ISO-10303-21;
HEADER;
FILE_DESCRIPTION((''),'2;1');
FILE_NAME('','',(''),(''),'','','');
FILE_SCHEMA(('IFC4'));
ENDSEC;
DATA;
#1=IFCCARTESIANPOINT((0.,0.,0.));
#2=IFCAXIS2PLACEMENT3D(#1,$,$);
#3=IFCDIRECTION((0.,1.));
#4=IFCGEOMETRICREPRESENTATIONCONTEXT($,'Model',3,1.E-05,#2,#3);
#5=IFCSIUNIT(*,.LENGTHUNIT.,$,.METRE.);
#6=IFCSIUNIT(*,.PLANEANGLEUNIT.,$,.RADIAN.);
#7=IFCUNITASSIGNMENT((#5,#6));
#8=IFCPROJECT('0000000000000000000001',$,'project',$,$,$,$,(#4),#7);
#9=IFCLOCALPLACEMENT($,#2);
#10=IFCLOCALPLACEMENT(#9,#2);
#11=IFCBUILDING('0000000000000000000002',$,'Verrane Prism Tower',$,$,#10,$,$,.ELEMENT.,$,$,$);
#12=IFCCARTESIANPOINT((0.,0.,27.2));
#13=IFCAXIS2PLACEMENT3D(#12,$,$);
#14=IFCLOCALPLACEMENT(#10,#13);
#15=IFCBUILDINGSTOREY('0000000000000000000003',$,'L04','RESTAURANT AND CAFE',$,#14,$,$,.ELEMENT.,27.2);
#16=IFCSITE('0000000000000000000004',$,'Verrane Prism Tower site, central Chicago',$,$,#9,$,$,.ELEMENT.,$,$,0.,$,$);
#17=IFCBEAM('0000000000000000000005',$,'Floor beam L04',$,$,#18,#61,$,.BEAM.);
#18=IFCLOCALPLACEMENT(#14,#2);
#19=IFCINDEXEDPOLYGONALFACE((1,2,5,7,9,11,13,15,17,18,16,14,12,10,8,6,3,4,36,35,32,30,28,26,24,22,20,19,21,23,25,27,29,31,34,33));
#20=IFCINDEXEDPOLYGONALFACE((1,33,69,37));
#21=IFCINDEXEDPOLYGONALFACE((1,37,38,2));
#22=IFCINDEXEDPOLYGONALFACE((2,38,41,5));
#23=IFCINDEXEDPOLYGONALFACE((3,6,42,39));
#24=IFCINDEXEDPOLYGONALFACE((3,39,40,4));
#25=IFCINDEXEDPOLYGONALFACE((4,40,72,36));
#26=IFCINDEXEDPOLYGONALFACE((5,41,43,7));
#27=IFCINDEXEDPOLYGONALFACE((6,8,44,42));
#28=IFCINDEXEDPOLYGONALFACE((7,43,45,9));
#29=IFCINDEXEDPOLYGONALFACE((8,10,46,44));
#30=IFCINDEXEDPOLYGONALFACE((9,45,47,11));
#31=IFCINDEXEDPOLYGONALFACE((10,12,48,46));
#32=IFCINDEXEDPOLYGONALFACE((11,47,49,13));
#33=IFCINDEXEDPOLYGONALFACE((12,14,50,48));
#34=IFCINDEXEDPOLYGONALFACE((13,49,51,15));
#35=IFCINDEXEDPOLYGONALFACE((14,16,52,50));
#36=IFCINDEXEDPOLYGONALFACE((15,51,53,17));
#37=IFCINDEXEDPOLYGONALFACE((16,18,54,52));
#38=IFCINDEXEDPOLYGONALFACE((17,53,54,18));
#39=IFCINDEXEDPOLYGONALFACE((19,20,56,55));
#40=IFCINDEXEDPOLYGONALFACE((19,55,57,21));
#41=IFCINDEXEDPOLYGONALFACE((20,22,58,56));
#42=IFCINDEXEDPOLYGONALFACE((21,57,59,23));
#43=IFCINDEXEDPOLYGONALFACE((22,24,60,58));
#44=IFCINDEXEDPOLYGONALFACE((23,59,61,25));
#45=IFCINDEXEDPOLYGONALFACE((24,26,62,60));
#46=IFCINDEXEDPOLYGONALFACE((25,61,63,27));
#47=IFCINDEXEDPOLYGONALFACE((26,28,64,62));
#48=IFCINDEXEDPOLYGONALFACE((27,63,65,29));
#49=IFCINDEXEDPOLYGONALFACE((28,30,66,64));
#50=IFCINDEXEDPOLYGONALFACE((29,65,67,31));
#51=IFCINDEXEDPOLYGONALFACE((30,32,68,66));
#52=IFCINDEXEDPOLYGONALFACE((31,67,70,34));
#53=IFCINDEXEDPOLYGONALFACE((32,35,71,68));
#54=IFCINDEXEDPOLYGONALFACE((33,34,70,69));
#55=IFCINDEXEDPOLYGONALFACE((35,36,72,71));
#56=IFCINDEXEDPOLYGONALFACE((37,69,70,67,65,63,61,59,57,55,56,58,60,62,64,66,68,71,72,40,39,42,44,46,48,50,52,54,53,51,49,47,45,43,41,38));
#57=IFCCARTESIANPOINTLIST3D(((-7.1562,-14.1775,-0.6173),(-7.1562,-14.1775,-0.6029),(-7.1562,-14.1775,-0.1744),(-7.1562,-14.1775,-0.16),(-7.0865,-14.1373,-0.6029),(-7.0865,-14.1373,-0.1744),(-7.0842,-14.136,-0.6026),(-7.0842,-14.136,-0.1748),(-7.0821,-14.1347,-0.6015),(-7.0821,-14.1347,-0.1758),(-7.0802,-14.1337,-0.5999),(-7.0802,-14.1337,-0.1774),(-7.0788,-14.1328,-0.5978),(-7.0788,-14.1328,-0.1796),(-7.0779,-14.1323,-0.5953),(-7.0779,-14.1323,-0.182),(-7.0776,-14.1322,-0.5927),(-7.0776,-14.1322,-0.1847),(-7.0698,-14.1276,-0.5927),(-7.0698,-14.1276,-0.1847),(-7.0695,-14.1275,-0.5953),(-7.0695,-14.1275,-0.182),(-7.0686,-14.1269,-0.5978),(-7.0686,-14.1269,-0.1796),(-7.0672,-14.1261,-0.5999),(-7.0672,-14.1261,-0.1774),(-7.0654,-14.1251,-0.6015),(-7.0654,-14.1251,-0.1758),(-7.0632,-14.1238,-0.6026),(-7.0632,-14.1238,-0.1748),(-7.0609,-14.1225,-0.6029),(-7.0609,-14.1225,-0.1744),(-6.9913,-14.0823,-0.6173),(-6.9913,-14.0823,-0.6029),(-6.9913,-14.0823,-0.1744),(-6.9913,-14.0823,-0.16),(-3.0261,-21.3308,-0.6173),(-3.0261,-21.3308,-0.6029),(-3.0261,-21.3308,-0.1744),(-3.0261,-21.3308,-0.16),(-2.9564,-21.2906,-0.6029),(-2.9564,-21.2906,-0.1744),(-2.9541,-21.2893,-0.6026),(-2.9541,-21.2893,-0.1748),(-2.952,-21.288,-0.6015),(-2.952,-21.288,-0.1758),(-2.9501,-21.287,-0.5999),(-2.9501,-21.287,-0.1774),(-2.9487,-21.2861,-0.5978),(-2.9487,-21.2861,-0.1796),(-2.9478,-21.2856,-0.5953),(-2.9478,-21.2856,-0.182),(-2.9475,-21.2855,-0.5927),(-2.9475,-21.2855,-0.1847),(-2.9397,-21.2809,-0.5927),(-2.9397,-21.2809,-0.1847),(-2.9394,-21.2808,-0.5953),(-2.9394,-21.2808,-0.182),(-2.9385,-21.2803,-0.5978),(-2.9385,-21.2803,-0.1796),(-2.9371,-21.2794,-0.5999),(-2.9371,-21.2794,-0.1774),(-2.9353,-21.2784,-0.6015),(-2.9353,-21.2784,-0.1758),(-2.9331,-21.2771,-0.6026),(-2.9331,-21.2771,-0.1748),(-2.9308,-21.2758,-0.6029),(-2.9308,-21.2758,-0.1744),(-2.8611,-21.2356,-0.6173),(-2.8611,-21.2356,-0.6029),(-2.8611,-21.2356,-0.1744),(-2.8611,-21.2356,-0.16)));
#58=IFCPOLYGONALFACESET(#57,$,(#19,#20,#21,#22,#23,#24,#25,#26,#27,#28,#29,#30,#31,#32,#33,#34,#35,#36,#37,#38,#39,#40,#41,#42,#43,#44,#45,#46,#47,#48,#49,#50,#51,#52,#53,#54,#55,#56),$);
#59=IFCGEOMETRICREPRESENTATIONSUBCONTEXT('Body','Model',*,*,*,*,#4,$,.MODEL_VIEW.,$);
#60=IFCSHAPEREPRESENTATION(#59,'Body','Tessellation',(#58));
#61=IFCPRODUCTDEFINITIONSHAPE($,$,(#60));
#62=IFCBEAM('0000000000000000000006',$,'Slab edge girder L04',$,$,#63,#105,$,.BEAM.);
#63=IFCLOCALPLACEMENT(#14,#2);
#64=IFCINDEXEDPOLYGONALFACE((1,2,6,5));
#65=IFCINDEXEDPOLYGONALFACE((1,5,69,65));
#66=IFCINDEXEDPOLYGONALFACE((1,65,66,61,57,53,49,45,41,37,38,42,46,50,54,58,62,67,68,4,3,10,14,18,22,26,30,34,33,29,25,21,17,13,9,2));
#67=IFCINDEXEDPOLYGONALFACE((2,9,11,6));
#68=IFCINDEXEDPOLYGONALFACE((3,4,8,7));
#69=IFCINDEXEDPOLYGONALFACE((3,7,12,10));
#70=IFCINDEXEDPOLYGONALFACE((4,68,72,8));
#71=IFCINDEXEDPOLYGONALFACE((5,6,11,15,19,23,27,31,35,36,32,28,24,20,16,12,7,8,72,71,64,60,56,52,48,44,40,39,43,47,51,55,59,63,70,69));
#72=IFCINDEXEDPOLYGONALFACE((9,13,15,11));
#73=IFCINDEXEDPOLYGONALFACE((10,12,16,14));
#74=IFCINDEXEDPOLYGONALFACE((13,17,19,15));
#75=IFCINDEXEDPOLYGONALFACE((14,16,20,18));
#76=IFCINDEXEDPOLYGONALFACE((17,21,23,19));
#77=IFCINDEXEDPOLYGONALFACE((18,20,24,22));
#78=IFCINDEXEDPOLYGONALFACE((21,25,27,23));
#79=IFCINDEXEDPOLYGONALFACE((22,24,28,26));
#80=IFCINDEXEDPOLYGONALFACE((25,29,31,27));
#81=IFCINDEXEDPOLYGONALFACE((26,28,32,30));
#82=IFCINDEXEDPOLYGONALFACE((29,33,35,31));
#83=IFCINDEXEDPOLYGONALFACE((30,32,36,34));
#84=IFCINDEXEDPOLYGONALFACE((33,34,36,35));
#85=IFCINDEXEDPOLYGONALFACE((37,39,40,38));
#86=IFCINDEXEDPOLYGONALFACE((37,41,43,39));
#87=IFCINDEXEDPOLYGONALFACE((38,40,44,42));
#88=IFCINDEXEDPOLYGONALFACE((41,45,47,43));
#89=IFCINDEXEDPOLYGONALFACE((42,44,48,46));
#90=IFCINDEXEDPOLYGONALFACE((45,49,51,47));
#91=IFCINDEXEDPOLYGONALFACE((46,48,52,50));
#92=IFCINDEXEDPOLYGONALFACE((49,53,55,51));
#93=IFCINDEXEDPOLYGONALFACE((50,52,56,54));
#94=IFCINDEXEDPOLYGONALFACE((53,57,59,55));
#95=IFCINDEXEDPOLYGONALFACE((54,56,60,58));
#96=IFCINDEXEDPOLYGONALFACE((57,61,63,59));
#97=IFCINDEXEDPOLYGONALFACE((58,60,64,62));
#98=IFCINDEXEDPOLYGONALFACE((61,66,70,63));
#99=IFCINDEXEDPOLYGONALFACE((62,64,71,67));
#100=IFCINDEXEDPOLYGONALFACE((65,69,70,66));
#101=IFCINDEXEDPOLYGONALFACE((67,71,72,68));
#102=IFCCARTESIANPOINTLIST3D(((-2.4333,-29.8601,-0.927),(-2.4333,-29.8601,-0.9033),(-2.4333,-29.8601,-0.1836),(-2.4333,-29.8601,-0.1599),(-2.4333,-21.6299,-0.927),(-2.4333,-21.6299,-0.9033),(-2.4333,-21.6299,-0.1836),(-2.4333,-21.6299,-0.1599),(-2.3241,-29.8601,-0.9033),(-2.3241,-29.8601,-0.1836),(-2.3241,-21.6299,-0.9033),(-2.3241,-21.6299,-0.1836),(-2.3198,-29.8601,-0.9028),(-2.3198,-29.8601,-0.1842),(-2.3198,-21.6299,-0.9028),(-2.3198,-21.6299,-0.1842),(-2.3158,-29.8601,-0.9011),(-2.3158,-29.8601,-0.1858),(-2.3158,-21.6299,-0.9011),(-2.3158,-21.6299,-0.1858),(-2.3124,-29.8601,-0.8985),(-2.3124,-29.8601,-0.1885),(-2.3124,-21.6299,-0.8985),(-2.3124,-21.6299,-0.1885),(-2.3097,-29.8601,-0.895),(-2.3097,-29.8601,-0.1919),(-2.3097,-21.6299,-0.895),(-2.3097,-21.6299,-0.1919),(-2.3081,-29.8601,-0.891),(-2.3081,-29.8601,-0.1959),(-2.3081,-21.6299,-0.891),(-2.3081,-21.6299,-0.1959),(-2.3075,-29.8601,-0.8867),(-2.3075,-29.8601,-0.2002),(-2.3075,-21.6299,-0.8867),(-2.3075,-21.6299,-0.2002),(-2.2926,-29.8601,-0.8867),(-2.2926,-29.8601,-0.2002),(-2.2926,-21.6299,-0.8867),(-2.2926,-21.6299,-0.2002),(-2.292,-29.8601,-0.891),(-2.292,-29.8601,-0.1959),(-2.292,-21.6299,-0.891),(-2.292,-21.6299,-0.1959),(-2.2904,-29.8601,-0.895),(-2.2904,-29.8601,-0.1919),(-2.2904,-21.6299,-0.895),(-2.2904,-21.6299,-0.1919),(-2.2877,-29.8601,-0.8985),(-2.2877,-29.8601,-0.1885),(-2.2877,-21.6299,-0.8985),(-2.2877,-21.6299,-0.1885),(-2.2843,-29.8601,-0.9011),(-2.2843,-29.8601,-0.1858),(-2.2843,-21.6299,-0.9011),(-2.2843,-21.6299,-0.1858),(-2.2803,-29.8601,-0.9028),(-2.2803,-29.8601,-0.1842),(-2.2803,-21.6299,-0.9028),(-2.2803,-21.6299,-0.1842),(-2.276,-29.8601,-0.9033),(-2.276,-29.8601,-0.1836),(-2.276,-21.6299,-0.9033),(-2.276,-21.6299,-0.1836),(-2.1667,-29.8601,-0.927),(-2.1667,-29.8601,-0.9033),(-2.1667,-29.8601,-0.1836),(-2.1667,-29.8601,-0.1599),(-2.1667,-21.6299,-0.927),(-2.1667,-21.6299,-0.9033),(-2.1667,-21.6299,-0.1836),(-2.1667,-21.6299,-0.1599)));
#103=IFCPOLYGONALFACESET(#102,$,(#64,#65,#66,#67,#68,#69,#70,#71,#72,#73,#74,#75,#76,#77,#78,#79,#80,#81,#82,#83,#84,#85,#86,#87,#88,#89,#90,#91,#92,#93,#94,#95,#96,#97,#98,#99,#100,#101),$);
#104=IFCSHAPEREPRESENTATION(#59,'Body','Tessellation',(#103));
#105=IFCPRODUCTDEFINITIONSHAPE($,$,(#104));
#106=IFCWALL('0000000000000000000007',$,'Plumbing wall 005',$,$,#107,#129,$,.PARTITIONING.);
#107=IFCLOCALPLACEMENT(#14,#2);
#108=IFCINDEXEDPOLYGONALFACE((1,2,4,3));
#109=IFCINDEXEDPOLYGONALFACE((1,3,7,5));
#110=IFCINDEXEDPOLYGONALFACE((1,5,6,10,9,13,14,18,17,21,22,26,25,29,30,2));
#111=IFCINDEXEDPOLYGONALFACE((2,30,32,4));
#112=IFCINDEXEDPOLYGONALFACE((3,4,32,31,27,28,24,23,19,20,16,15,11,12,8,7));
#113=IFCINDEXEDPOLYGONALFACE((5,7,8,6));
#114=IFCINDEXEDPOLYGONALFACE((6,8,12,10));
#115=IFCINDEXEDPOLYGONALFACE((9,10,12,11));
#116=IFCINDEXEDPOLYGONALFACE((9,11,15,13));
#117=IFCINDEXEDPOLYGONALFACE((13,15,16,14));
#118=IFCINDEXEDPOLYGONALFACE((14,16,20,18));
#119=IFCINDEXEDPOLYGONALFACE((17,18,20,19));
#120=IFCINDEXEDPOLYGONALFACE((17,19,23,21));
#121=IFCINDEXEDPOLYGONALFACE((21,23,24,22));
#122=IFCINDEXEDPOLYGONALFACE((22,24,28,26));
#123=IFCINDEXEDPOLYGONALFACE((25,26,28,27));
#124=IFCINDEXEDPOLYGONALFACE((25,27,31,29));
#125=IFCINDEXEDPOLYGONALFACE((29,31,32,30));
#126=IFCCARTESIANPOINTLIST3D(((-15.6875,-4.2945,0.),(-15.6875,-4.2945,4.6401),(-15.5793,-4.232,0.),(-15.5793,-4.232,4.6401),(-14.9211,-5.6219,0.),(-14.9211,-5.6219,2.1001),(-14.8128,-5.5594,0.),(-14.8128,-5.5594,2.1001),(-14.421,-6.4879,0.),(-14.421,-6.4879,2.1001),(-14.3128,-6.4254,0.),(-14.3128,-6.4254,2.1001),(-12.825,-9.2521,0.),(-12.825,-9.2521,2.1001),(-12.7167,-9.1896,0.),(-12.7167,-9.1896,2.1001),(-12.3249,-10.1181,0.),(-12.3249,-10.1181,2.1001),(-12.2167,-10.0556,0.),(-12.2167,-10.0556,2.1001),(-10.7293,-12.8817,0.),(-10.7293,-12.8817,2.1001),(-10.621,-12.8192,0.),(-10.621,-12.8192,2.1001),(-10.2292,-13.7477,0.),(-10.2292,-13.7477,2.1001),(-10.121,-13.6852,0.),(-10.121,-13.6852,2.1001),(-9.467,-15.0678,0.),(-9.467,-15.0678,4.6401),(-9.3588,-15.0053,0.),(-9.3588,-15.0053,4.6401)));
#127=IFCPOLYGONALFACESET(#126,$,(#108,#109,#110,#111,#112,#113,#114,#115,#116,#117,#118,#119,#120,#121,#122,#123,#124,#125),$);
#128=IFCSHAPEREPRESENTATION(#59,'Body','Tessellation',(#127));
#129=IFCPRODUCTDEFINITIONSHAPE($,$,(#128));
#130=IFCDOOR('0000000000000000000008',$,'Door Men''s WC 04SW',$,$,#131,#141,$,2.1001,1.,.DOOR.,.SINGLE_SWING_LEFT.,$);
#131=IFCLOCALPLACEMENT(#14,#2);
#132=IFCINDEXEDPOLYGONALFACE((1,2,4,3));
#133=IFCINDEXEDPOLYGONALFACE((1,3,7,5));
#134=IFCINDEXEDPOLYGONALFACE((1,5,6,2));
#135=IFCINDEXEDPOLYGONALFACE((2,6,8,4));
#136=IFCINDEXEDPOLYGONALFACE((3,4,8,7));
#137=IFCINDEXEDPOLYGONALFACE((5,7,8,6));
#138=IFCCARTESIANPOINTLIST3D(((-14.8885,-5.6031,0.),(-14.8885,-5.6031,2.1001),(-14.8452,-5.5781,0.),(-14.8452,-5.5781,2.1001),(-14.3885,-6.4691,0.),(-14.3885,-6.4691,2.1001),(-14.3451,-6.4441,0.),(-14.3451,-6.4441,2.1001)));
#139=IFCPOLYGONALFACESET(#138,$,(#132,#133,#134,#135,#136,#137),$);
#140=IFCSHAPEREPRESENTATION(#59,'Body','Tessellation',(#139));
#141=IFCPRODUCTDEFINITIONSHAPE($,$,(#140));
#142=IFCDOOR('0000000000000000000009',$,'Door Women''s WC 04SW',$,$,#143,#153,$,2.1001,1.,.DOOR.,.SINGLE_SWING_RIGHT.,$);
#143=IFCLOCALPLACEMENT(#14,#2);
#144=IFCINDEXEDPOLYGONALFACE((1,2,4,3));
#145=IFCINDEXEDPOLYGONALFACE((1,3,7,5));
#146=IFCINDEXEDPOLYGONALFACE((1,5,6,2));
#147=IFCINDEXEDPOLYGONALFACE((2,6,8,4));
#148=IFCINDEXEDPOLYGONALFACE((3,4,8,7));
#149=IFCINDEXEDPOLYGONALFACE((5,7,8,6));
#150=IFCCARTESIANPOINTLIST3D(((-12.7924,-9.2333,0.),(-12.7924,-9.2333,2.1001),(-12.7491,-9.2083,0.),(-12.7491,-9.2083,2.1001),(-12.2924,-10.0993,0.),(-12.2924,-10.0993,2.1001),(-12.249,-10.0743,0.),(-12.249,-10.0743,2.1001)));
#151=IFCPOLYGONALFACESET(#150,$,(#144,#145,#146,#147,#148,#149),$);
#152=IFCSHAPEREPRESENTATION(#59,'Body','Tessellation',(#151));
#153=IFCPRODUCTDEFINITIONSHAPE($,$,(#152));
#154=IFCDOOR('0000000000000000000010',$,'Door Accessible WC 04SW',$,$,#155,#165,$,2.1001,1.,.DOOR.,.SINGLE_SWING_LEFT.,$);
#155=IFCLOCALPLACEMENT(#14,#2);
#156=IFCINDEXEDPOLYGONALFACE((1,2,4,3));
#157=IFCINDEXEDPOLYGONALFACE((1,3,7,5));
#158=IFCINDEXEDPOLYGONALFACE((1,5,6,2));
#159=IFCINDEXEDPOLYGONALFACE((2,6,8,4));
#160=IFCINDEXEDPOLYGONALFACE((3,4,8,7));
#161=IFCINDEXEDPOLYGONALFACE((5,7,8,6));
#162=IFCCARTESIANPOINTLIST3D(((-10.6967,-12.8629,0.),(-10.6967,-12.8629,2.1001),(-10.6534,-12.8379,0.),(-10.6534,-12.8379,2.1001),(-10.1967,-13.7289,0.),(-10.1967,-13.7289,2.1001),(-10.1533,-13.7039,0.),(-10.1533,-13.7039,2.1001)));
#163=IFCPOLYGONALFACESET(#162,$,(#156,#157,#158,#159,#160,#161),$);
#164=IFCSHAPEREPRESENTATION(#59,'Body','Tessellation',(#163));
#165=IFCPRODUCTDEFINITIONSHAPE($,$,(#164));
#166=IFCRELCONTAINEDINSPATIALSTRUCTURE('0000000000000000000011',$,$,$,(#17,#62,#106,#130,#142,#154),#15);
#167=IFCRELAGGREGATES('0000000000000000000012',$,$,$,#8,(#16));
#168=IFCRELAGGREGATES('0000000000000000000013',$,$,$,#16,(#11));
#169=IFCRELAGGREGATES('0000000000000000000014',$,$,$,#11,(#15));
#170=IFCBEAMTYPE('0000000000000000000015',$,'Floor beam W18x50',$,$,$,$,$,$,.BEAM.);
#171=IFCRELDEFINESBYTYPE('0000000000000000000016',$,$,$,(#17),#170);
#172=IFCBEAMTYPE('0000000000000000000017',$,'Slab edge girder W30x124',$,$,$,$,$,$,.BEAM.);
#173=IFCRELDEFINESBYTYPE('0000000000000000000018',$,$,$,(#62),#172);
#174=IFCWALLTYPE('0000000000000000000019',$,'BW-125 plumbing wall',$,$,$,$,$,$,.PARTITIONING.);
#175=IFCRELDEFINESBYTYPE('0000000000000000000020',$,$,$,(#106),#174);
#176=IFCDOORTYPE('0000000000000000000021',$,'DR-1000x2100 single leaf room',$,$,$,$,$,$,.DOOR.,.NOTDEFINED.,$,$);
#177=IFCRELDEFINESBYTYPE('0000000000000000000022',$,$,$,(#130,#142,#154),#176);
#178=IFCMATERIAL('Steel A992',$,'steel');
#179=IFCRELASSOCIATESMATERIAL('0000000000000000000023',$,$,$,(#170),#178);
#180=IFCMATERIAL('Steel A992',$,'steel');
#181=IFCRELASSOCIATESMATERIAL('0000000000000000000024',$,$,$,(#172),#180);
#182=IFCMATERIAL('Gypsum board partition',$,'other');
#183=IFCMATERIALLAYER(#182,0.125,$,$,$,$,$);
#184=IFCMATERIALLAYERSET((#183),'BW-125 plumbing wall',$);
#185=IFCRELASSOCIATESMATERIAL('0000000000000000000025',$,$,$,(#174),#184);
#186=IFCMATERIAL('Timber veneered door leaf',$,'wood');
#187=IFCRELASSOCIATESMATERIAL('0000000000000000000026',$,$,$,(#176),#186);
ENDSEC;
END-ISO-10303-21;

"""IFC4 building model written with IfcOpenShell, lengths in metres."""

from ifc_helpers import new_model, si_unit, direction, frame, frame_2d, origin, origin_2d, place, context, subcontext, project, spatial, rectangle, i_section, extrude, material, layer, layer_set, material_profile, profile_set, type_object, element, fill, save


model = new_model("IFC4")

# Units and contexts
model_context = context("Model", 3, precision=1e-05, world=origin(), true_north=direction((0.0, 1.0)))
body_context = subcontext(model_context, "Body", "Model", "MODEL_VIEW")
ifc_project = project(units=[si_unit("LENGTHUNIT", "METRE"), si_unit("PLANEANGLEUNIT", "RADIAN")], contexts=[model_context])

# Site, building, storey
site_placement = place(None, origin())
site = spatial("IfcSite", under=ifc_project, at=site_placement, Name="Verrane Prism Tower site, central Chicago", CompositionType="ELEMENT", RefElevation=0.0)
building_placement = place(site_placement, origin())
building = spatial("IfcBuilding", under=site, at=building_placement, Name="Verrane Prism Tower", CompositionType="ELEMENT")
storey_placement = place(building_placement, frame((0.0, 0.0, 27.2)))
storey = spatial("IfcBuildingStorey", under=building, at=storey_placement, Name="L04", Description="RESTAURANT AND CAFE", CompositionType="ELEMENT", Elevation=27.2)

# Beams
ifc_material_1 = material(Name="Steel A992", Category="steel")
ifc_material_profile_1 = material_profile(ifc_material_1, i_section(OverallWidth=0.1904, OverallDepth=0.4573, WebThickness=0.009, FlangeThickness=0.0144, FilletRadius=0.0103, at=origin_2d()), Name="W18x50")
ifc_profile_set_1 = profile_set([ifc_material_profile_1], Name="Steel A992")
beam_type_1 = type_object("IfcBeamType", Name="Floor beam W18x50", PredefinedType="BEAM", material=ifc_profile_set_1)
beam_1_placement = place(storey_placement, frame((-2.9436, -21.2832, -0.3887), z_axis=(-0.500014, 0.866017, 0.0), x_axis=(-0.866017, -0.500014, 0.0)))
element("IfcBeam", 1, at=beam_1_placement, inside=storey, type_object=beam_type_1, Name="Floor beam L04", PredefinedType="BEAM", context=body_context, shape_type="SweptSolid", body=[
    extrude(i_section(OverallWidth=0.1904, OverallDepth=0.4573, WebThickness=0.009, FlangeThickness=0.0144, FilletRadius=0.0103, at=origin_2d()), origin(), (0.0, 0.0, 1.0), 8.26),
])
ifc_material_2 = material(Name="Steel A992", Category="steel")
ifc_material_profile_2 = material_profile(ifc_material_2, i_section(OverallWidth=0.2666, OverallDepth=0.7671, WebThickness=0.0149, FlangeThickness=0.0237, FilletRadius=0.0166, at=origin_2d()), Name="W30x124")
ifc_profile_set_2 = profile_set([ifc_material_profile_2], Name="Steel A992")
beam_type_2 = type_object("IfcBeamType", Name="Slab edge girder W30x124", PredefinedType="BEAM", material=ifc_profile_set_2)
beam_2_placement = place(storey_placement, frame((-2.3, -21.6299, -0.5435), z_axis=(0.0, -1.0, 0.0), x_axis=(1.0, 0.0, 0.0)))
element("IfcBeam", 2, at=beam_2_placement, inside=storey, type_object=beam_type_2, Name="Slab edge girder L04", PredefinedType="BEAM", context=body_context, shape_type="SweptSolid", body=[
    extrude(i_section(OverallWidth=0.2666, OverallDepth=0.7671, WebThickness=0.0149, FlangeThickness=0.0237, FilletRadius=0.0166, at=origin_2d()), origin(), (0.0, 0.0, 1.0), 8.2302),
])

# Wall, openings, doors
ifc_material_3 = material(Name="Gypsum board partition", Category="other")
ifc_layer_1 = layer(ifc_material_3, 0.125)
ifc_layer_set_1 = layer_set([ifc_layer_1], Name="BW-125 plumbing wall")
wall_type_1 = type_object("IfcWallType", Name="BW-125 plumbing wall", PredefinedType="PARTITIONING", material=ifc_layer_set_1)
wall_1_placement = place(storey_placement, frame((-9.4128, -15.0366, 0.0), z_axis=(0.0, 0.0, 1.0), x_axis=(-0.500033, 0.866006, 0.0)))
wall_1 = element("IfcWall", 3, at=wall_1_placement, inside=storey, type_object=wall_type_1, Name="Plumbing wall 005", PredefinedType="PARTITIONING", context=body_context, shape_type="SweptSolid", body=[
    extrude(rectangle(XDim=12.4402, YDim=0.125, at=frame_2d((6.2202, 0.0))), origin(), (0.0, 0.0, 1.0), 4.6401),
])
opening_1_placement = place(wall_1_placement, frame((9.9075, 0.0, 0.0)))
opening_1 = element("IfcOpeningElement", 4, at=opening_1_placement, cuts=wall_1, PredefinedType="OPENING", context=body_context, shape_type="SweptSolid", body=[
    extrude(rectangle(XDim=1.0, YDim=2.1001, at=frame_2d((0.5, 1.05))), frame((0.0, 0.0725, 0.0), z_axis=(0.0, -1.0, 0.0), x_axis=(1.0, 0.0, 0.0)), (0.0, 0.0, 1.0), 0.145),
])
opening_2_placement = place(wall_1_placement, frame((5.7156, 0.0, 0.0)))
opening_2 = element("IfcOpeningElement", 5, at=opening_2_placement, cuts=wall_1, PredefinedType="OPENING", context=body_context, shape_type="SweptSolid", body=[
    extrude(rectangle(XDim=1.0, YDim=2.1001, at=frame_2d((0.5, 1.05))), frame((0.0, 0.0725, 0.0), z_axis=(0.0, -1.0, 0.0), x_axis=(1.0, 0.0, 0.0)), (0.0, 0.0, 1.0), 0.145),
])
opening_3_placement = place(wall_1_placement, frame((1.5244, 0.0, 0.0)))
opening_3 = element("IfcOpeningElement", 6, at=opening_3_placement, cuts=wall_1, PredefinedType="OPENING", context=body_context, shape_type="SweptSolid", body=[
    extrude(rectangle(XDim=1.0, YDim=2.1001, at=frame_2d((0.5, 1.05))), frame((0.0, 0.0725, 0.0), z_axis=(0.0, -1.0, 0.0), x_axis=(1.0, 0.0, 0.0)), (0.0, 0.0, 1.0), 0.145),
])
ifc_material_4 = material(Name="Timber veneered door leaf", Category="wood")
door_type_1 = type_object("IfcDoorType", Name="DR-1000x2100 single leaf room", OperationType="NOTDEFINED", PredefinedType="DOOR", material=ifc_material_4)
door_1_placement = place(opening_1_placement, origin())
door_1 = element("IfcDoor", 7, at=door_1_placement, inside=storey, type_object=door_type_1, Name="Door Men's WC 04SW", OperationType="SINGLE_SWING_LEFT", OverallHeight=2.1001, OverallWidth=1.0, PredefinedType="DOOR", context=body_context, shape_type="SweptSolid", body=[
    extrude(rectangle(XDim=1.0, YDim=2.1001, at=frame_2d((0.5, 1.05))), frame((0.0, 0.0249, 0.0), z_axis=(0.0, -1.0, 0.0), x_axis=(1.0, 0.0, 0.0)), (0.0, 0.0, 1.0), 0.05),
])
fill(opening_1, door_1)
door_2_placement = place(opening_2_placement, origin())
door_2 = element("IfcDoor", 8, at=door_2_placement, inside=storey, type_object=door_type_1, Name="Door Women's WC 04SW", OperationType="SINGLE_SWING_RIGHT", OverallHeight=2.1001, OverallWidth=1.0, PredefinedType="DOOR", context=body_context, shape_type="SweptSolid", body=[
    extrude(rectangle(XDim=1.0, YDim=2.1001, at=frame_2d((0.5, 1.05))), frame((0.0, 0.0249, 0.0), z_axis=(0.0, -1.0, 0.0), x_axis=(1.0, 0.0, 0.0)), (0.0, 0.0, 1.0), 0.05),
])
fill(opening_2, door_2)
door_3_placement = place(opening_3_placement, origin())
door_3 = element("IfcDoor", 9, at=door_3_placement, inside=storey, type_object=door_type_1, Name="Door Accessible WC 04SW", OperationType="SINGLE_SWING_LEFT", OverallHeight=2.1001, OverallWidth=1.0, PredefinedType="DOOR", context=body_context, shape_type="SweptSolid", body=[
    extrude(rectangle(XDim=1.0, YDim=2.1001, at=frame_2d((0.5, 1.05))), frame((0.0, 0.0249, 0.0), z_axis=(0.0, -1.0, 0.0), x_axis=(1.0, 0.0, 0.0)), (0.0, 0.0, 1.0), 0.05),
])
fill(opening_3, door_3)

save(model, "model.ifc")
